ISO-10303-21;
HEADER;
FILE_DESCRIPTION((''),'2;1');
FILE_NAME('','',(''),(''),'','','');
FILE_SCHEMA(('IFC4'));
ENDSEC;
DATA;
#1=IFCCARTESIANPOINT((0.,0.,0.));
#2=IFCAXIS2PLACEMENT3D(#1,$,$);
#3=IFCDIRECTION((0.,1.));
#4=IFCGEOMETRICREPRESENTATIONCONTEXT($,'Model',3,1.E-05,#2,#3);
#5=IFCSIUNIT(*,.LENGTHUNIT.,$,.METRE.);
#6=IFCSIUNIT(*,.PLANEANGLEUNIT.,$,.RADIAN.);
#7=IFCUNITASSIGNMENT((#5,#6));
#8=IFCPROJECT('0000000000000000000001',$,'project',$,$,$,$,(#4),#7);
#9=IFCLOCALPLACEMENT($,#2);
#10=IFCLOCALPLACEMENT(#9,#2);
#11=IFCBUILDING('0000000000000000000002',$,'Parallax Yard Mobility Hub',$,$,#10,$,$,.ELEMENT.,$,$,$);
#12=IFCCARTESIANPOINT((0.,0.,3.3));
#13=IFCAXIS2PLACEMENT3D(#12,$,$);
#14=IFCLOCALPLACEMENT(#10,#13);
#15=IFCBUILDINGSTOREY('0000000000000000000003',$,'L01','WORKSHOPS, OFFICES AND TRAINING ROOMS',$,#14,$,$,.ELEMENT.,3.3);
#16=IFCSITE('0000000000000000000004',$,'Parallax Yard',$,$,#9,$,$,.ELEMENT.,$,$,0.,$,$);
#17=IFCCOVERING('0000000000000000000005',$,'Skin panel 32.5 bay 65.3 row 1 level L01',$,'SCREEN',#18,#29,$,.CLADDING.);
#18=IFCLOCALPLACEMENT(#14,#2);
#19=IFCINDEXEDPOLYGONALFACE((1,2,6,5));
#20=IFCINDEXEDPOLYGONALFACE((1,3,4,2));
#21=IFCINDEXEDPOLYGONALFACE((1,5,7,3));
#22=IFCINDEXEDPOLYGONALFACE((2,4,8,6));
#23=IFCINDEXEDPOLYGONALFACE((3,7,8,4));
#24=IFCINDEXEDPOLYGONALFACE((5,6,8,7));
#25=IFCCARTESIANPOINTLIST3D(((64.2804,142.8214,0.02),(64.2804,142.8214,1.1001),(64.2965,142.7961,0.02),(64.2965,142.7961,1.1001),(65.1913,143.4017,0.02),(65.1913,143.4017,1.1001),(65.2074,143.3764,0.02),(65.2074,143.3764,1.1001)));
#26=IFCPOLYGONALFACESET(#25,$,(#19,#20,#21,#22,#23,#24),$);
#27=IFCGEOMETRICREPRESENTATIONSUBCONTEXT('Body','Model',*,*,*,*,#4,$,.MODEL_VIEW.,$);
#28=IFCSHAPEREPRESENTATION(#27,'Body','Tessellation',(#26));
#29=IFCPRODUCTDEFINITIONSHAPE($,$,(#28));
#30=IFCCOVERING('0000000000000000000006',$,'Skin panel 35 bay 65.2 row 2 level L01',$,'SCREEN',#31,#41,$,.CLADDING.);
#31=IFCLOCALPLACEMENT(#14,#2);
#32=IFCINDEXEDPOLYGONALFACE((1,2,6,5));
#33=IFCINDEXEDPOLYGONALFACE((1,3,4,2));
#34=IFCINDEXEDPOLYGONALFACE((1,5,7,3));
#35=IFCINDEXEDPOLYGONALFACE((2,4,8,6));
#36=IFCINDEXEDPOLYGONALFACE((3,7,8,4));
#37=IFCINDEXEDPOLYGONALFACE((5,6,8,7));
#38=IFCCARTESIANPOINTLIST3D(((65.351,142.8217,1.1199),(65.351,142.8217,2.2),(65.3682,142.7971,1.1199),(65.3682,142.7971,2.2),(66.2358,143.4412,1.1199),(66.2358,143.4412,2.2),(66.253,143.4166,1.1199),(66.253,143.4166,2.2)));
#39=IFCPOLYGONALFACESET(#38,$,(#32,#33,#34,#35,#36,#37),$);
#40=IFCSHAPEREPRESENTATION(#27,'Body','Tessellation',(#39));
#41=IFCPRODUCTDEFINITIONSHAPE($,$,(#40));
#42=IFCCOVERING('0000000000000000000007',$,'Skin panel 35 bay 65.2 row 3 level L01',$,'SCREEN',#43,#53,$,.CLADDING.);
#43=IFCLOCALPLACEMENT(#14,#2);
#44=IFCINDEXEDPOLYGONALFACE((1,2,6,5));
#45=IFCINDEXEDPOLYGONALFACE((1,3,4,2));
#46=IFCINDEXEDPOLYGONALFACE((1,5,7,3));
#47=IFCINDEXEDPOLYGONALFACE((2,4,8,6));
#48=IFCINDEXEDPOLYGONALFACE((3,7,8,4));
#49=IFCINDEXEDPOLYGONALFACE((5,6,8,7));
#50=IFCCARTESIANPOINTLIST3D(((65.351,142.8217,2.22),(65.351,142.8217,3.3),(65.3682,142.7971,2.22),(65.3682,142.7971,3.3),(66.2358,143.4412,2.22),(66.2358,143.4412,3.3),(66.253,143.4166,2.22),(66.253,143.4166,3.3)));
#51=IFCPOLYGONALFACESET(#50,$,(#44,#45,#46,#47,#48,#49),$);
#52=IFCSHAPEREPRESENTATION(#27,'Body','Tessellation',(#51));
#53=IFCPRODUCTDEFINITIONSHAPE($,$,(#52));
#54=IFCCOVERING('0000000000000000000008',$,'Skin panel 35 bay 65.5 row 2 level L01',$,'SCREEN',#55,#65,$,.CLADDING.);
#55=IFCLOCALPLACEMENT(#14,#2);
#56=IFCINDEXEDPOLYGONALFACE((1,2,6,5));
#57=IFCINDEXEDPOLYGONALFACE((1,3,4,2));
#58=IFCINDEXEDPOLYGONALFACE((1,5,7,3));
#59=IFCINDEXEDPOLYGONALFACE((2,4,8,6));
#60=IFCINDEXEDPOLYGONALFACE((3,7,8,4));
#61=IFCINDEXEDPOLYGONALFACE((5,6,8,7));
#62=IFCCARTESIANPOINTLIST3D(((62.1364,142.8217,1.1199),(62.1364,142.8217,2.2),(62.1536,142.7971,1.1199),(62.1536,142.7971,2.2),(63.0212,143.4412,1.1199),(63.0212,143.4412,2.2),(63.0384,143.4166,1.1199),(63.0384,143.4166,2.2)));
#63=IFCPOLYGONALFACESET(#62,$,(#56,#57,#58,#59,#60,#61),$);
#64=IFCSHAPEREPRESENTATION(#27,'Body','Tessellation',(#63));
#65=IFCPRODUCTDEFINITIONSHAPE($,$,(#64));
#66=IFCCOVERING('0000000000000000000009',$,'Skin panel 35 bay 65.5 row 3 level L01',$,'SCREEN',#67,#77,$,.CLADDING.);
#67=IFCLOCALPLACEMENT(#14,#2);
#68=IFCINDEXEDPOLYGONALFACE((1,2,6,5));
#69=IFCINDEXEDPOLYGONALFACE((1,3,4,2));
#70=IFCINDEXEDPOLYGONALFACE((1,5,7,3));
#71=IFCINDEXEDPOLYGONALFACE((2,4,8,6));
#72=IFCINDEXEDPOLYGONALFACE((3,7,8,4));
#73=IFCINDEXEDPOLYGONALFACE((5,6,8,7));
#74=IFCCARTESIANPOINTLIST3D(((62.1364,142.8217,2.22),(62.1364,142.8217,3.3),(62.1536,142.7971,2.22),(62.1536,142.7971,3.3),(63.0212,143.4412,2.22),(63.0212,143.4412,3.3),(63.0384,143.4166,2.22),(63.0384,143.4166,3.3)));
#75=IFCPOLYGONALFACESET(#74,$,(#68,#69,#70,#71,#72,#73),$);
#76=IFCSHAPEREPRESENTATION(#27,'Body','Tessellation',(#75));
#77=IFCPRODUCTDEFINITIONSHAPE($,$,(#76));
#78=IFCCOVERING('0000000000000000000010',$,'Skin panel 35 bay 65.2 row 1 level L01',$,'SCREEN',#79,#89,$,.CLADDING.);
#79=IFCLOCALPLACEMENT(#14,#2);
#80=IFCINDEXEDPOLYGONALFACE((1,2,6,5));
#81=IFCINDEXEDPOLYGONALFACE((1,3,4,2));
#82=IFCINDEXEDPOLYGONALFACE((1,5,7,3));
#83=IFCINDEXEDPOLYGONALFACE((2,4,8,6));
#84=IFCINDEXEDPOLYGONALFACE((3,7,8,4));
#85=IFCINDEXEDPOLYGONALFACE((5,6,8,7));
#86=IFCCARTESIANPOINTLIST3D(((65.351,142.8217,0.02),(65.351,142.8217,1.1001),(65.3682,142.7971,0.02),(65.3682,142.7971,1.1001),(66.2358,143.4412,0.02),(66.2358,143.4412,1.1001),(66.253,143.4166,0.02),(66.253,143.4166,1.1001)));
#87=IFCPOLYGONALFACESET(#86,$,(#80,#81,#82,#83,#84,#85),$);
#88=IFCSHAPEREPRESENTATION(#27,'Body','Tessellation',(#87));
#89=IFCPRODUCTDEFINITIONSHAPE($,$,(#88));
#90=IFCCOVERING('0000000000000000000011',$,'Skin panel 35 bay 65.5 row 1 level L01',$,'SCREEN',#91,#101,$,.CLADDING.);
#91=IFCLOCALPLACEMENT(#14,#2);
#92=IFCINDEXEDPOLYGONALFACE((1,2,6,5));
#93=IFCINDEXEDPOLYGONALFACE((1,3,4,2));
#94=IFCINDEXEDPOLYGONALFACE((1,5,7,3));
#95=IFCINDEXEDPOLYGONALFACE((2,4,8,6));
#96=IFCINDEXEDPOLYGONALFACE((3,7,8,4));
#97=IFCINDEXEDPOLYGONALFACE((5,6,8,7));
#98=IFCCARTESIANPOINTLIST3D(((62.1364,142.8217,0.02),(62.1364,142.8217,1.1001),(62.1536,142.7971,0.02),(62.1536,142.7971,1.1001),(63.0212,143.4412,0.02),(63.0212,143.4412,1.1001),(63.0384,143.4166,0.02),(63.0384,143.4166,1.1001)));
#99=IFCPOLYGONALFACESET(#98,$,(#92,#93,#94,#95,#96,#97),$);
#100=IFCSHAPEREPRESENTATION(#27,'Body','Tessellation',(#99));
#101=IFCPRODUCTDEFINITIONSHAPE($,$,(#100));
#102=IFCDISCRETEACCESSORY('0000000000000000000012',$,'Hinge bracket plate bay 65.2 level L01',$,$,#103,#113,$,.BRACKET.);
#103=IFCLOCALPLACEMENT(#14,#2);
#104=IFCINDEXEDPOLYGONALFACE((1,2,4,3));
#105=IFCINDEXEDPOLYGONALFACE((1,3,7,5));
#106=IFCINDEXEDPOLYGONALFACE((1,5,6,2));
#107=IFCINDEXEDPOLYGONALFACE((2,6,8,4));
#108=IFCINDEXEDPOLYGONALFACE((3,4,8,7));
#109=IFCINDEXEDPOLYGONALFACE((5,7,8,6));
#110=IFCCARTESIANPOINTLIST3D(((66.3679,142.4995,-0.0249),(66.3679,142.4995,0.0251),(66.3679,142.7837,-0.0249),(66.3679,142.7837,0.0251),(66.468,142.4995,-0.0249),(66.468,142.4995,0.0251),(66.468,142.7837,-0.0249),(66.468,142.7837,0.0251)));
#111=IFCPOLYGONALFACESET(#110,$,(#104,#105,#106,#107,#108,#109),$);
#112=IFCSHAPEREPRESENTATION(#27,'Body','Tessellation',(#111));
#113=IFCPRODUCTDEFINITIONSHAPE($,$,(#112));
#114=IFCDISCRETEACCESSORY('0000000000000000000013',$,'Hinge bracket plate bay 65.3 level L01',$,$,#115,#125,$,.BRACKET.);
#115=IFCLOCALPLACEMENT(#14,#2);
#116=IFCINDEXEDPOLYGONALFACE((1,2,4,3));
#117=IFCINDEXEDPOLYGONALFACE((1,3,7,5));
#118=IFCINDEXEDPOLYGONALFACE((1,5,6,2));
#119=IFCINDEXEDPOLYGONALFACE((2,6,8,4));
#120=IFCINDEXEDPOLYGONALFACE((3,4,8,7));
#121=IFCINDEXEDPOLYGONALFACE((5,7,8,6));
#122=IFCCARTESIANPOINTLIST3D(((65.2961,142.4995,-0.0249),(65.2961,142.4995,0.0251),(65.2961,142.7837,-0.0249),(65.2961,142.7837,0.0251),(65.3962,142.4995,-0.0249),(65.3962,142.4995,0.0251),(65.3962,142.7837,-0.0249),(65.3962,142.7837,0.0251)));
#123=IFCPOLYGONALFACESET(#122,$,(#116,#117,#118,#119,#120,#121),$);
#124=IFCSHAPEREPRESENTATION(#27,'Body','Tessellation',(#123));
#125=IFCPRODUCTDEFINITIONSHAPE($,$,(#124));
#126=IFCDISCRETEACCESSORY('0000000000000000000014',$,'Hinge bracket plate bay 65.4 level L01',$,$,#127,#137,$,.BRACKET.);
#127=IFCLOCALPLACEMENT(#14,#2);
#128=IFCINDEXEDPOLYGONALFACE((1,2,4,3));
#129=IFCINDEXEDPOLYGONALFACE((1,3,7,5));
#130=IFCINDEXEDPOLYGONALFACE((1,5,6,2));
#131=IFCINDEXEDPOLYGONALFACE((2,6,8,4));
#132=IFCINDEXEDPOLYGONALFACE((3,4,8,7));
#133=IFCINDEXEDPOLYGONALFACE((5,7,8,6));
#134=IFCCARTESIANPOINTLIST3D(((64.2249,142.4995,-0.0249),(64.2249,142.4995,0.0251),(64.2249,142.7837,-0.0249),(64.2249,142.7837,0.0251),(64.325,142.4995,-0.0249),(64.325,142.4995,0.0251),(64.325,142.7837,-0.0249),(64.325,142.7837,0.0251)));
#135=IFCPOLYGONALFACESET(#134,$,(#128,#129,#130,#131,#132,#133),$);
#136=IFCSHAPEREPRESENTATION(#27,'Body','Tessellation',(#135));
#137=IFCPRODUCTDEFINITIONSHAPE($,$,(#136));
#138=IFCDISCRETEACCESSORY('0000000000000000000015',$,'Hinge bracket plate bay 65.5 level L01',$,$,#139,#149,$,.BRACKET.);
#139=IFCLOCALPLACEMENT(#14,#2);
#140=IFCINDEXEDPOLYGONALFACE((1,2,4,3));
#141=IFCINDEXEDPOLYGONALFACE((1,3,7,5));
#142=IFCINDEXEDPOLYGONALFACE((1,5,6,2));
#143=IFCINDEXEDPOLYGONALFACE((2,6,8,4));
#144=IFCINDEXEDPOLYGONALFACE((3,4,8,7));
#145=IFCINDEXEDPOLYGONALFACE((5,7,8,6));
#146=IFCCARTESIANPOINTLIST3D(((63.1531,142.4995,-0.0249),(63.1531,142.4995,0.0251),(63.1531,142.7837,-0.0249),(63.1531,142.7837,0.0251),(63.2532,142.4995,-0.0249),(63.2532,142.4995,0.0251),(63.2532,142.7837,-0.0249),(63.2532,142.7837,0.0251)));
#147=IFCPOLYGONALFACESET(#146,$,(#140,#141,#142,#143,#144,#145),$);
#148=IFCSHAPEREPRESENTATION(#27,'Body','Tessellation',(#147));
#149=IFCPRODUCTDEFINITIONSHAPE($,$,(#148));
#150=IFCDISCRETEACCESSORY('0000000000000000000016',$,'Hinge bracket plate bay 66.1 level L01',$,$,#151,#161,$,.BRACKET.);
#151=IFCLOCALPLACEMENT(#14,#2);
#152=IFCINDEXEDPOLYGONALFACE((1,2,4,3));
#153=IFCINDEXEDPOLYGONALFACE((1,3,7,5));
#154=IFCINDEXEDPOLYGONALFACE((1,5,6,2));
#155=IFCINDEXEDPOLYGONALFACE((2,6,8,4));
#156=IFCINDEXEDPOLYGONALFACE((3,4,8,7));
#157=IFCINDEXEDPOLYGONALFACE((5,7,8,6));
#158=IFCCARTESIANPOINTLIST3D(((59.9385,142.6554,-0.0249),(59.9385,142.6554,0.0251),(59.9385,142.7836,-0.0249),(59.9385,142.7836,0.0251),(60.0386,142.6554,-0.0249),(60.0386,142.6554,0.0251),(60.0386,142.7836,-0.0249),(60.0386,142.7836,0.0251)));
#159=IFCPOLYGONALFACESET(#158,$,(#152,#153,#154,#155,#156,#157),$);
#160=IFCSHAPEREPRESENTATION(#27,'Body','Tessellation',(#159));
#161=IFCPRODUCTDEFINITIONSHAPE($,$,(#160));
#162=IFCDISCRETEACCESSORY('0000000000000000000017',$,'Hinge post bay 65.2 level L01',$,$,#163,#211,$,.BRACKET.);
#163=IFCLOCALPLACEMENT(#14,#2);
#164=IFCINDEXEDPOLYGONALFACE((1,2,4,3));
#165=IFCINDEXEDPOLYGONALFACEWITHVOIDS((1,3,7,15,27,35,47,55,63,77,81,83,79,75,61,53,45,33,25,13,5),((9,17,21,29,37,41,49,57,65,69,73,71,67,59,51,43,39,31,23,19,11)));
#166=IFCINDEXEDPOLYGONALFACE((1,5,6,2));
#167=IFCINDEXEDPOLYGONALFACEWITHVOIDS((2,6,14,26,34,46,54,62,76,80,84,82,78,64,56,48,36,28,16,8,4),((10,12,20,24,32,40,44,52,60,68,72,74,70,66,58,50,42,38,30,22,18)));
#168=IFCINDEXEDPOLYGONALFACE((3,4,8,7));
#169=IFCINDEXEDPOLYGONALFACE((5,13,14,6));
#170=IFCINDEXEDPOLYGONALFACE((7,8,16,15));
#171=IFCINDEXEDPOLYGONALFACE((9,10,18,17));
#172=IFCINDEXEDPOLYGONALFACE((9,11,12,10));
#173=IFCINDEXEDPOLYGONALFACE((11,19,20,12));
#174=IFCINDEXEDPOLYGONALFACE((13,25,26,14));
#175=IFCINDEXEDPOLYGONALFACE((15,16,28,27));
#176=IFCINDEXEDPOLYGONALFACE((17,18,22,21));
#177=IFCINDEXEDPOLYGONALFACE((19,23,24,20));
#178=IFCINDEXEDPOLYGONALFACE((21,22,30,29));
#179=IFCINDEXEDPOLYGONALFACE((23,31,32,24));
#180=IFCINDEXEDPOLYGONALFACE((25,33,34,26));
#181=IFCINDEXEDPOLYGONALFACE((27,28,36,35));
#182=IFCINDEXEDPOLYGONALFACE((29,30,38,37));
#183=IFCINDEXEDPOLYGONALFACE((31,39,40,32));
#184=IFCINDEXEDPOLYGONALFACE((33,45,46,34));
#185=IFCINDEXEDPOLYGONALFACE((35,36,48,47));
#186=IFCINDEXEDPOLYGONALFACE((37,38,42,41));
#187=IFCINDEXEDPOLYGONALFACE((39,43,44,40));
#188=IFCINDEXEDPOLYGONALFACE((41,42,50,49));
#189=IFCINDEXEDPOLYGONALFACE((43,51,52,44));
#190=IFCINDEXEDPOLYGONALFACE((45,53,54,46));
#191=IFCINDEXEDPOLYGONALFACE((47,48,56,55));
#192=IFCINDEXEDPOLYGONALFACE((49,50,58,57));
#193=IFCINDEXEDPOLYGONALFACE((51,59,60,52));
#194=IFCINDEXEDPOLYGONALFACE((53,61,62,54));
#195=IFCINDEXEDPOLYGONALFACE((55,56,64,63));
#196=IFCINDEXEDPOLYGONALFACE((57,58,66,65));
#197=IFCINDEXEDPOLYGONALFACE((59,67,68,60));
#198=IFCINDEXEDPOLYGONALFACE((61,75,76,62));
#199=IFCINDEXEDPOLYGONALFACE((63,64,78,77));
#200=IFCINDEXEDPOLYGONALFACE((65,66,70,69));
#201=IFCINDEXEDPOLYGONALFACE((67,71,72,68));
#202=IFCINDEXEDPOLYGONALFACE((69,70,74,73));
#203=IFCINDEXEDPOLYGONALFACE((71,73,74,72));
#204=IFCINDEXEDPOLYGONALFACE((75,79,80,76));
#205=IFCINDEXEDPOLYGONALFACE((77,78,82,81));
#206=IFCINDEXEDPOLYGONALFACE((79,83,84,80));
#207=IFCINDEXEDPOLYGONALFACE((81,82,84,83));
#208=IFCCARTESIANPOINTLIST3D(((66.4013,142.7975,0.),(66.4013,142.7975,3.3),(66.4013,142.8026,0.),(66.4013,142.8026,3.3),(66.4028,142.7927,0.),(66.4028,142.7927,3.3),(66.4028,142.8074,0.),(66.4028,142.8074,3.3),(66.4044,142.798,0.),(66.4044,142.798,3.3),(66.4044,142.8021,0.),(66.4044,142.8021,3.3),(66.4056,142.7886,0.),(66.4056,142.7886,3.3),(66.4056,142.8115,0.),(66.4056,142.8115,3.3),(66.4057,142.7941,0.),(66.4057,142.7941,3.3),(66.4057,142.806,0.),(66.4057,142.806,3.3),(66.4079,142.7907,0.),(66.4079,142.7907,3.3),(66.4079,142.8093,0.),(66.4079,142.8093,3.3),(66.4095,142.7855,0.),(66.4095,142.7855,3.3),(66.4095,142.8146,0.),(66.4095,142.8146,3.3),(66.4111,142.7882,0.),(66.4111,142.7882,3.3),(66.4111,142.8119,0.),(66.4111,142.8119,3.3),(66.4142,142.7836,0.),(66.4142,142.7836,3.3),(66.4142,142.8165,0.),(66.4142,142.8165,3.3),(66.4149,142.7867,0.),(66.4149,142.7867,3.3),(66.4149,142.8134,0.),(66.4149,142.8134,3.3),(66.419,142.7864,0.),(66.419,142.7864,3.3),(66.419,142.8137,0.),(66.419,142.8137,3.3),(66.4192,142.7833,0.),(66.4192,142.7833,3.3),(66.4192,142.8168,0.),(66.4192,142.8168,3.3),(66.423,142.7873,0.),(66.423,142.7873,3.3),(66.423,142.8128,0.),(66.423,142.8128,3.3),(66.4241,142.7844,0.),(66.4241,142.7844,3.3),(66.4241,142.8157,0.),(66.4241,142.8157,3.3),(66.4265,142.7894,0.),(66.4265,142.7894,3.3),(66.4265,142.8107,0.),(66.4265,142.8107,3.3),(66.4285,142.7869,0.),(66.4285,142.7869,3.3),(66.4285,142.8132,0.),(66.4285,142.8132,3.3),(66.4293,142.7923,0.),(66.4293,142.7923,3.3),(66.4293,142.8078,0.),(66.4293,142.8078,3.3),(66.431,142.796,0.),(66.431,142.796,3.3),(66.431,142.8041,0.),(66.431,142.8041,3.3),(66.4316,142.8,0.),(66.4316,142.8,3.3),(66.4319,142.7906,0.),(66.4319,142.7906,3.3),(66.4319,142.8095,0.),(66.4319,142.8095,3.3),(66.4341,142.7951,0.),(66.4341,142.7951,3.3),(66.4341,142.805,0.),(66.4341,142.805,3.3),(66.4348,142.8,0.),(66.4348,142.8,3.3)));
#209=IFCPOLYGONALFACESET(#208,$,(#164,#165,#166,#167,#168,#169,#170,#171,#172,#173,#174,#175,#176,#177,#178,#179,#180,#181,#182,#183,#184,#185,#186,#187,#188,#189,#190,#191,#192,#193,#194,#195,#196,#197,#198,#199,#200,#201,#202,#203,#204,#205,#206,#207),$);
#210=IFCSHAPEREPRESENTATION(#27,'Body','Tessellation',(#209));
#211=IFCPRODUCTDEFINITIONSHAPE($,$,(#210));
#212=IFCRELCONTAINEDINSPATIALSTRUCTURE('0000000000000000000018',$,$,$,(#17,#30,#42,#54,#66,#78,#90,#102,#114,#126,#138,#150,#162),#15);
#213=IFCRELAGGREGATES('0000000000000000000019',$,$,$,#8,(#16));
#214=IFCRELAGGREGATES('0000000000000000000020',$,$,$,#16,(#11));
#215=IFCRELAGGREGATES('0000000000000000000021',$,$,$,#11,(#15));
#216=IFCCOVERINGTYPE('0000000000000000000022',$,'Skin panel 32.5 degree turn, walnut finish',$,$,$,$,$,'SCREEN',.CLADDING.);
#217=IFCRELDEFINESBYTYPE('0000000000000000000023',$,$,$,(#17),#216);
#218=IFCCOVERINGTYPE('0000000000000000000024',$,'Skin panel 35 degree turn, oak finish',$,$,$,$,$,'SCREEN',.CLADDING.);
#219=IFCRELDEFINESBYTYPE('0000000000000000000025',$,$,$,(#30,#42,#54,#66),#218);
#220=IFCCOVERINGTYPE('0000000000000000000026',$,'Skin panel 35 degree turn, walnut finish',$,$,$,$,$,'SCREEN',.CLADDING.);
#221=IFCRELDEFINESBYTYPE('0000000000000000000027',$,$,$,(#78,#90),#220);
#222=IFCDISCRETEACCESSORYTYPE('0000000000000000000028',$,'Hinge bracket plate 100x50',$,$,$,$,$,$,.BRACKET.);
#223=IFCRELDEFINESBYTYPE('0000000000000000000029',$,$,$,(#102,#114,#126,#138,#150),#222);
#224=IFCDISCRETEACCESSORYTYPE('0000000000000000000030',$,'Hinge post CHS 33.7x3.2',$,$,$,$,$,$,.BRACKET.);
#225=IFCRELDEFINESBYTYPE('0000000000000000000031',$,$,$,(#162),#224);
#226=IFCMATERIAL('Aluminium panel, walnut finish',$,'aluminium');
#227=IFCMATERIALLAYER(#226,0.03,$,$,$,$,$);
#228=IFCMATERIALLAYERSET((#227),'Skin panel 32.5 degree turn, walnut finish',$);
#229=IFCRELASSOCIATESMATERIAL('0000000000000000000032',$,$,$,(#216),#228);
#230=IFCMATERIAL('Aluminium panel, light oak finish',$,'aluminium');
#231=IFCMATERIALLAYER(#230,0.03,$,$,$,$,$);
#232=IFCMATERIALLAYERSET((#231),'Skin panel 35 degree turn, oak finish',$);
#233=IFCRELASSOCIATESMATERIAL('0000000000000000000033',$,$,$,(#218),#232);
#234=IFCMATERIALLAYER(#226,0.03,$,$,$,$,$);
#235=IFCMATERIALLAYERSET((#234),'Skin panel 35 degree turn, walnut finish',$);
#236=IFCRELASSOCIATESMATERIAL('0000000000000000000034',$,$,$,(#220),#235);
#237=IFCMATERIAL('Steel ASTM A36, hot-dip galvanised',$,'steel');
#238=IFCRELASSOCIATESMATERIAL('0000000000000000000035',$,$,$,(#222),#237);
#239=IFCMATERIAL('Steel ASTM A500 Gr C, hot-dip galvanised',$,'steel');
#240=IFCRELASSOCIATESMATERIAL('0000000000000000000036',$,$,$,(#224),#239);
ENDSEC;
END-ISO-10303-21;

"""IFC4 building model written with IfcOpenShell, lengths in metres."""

from ifc_helpers import new_model, si_unit, direction, frame, origin, origin_2d, place, context, subcontext, project, spatial, rectangle, hollow_circle, extrude, material, layer, layer_set, material_profile, profile_set, type_object, element, save


model = new_model("IFC4")

# Units and contexts
model_context = context("Model", 3, precision=1e-05, world=origin(), true_north=direction((0.0, 1.0)))
body_context = subcontext(model_context, "Body", "Model", "MODEL_VIEW")
ifc_project = project(units=[si_unit("LENGTHUNIT", "METRE"), si_unit("PLANEANGLEUNIT", "RADIAN")], contexts=[model_context])

# Site, building, storey
site_placement = place(None, origin())
site = spatial("IfcSite", under=ifc_project, at=site_placement, Name="Parallax Yard", CompositionType="ELEMENT", RefElevation=0.0)
building_placement = place(site_placement, origin())
building = spatial("IfcBuilding", under=site, at=building_placement, Name="Parallax Yard Mobility Hub", CompositionType="ELEMENT")
storey_placement = place(building_placement, frame((0.0, 0.0, 3.3)))
storey = spatial("IfcBuildingStorey", under=building, at=storey_placement, Name="L01", Description="WORKSHOPS, OFFICES AND TRAINING ROOMS", CompositionType="ELEMENT", Elevation=3.3)

# Coverings
ifc_material_1 = material(Name="Aluminium panel, light oak finish", Category="aluminium")
ifc_material_2 = material(Name="Aluminium panel, walnut finish", Category="aluminium")
ifc_layer_1 = layer(ifc_material_2, 0.03)
ifc_layer_set_1 = layer_set([ifc_layer_1], Name="Skin panel 32.5 degree turn, walnut finish")
covering_type_1 = type_object("IfcCoveringType", Name="Skin panel 32.5 degree turn, walnut finish", ElementType="SCREEN", PredefinedType="CLADDING", material=ifc_layer_set_1)
covering_1_placement = place(storey_placement, frame((64.7439, 143.0989, 0.02), z_axis=(0.0, 0.0, 1.0), x_axis=(0.843391, 0.5373, 0.0)))
element("IfcCovering", 1, at=covering_1_placement, inside=storey, type_object=covering_type_1, Name="Skin panel 32.5 bay 65.3 row 1 level L01", ObjectType="SCREEN", PredefinedType="CLADDING", context=body_context, shape_type="SweptSolid", body=[
    extrude(rectangle(XDim=1.0801, YDim=0.03, at=origin_2d()), origin(), (0.0, 0.0, 1.0), 1.0801),
])
ifc_layer_2 = layer(ifc_material_1, 0.03)
ifc_layer_set_2 = layer_set([ifc_layer_2], Name="Skin panel 35 degree turn, oak finish")
covering_type_2 = type_object("IfcCoveringType", Name="Skin panel 35 degree turn, oak finish", ElementType="SCREEN", PredefinedType="CLADDING", material=ifc_layer_set_2)
for number, where, z_axis, x_axis, name in (
    (2, (65.802, 143.1191, 1.1199), (0.0, 0.0, 1.0), (0.819152, 0.573576, 0.0), "Skin panel 35 bay 65.2 row 2 level L01"),
    (3, (65.802, 143.1191, 2.22), (0.0, 0.0, 1.0), (0.819152, 0.573576, 0.0), "Skin panel 35 bay 65.2 row 3 level L01"),
    (4, (62.5874, 143.1191, 1.1199), (0.0, 0.0, 1.0), (0.819152, 0.573576, 0.0), "Skin panel 35 bay 65.5 row 2 level L01"),
    (5, (62.5874, 143.1191, 2.22), (0.0, 0.0, 1.0), (0.819152, 0.573576, 0.0), "Skin panel 35 bay 65.5 row 3 level L01"),
):
    element("IfcCovering", number, at=place(storey_placement, frame(where, z_axis=z_axis, x_axis=x_axis)), inside=storey, type_object=covering_type_2, Name=name, ObjectType="SCREEN", PredefinedType="CLADDING", context=body_context, shape_type="SweptSolid", body=[
        extrude(rectangle(XDim=1.0801, YDim=0.03, at=origin_2d()), origin(), (0.0, 0.0, 1.0), 1.0801),
    ])
ifc_layer_3 = layer(ifc_material_2, 0.03)
ifc_layer_set_3 = layer_set([ifc_layer_3], Name="Skin panel 35 degree turn, walnut finish")
covering_type_3 = type_object("IfcCoveringType", Name="Skin panel 35 degree turn, walnut finish", ElementType="SCREEN", PredefinedType="CLADDING", material=ifc_layer_set_3)
for number, where, z_axis, x_axis, name in (
    (6, (65.802, 143.1191, 0.02), (0.0, 0.0, 1.0), (0.819152, 0.573576, 0.0), "Skin panel 35 bay 65.2 row 1 level L01"),
    (7, (62.5874, 143.1191, 0.02), (0.0, 0.0, 1.0), (0.819152, 0.573576, 0.0), "Skin panel 35 bay 65.5 row 1 level L01"),
):
    element("IfcCovering", number, at=place(storey_placement, frame(where, z_axis=z_axis, x_axis=x_axis)), inside=storey, type_object=covering_type_3, Name=name, ObjectType="SCREEN", PredefinedType="CLADDING", context=body_context, shape_type="SweptSolid", body=[
        extrude(rectangle(XDim=1.0801, YDim=0.03, at=origin_2d()), origin(), (0.0, 0.0, 1.0), 1.0801),
    ])

# Discrete accessories
ifc_material_3 = material(Name="Steel ASTM A36, hot-dip galvanised", Category="steel")
discrete_accessory_type_1 = type_object("IfcDiscreteAccessoryType", Name="Hinge bracket plate 100x50", PredefinedType="BRACKET", material=ifc_material_3)
for number, where, z_axis, x_axis, name in (
    (8, (66.418, 142.6416, -0.0249), (0.0, 0.0, 1.0), (0.0, 1.0, 0.0), "Hinge bracket plate bay 65.2 level L01"),
    (9, (65.3462, 142.6416, -0.0249), (0.0, 0.0, 1.0), (0.0, 1.0, 0.0), "Hinge bracket plate bay 65.3 level L01"),
    (10, (64.2749, 142.6416, -0.0249), (0.0, 0.0, 1.0), (0.0, 1.0, 0.0), "Hinge bracket plate bay 65.4 level L01"),
    (11, (63.2031, 142.6416, -0.0249), (0.0, 0.0, 1.0), (0.0, 1.0, 0.0), "Hinge bracket plate bay 65.5 level L01"),
):
    element("IfcDiscreteAccessory", number, at=place(storey_placement, frame(where, z_axis=z_axis, x_axis=x_axis)), inside=storey, type_object=discrete_accessory_type_1, Name=name, PredefinedType="BRACKET", context=body_context, shape_type="SweptSolid", body=[
        extrude(rectangle(XDim=0.2842, YDim=0.1001, at=origin_2d()), origin(), (0.0, 0.0, 1.0), 0.05),
    ])
discrete_accessory_placement = place(storey_placement, frame((59.9885, 142.7195, -0.0249), z_axis=(0.0, 0.0, 1.0), x_axis=(0.0, 1.0, 0.0)))
element("IfcDiscreteAccessory", 12, at=discrete_accessory_placement, inside=storey, type_object=discrete_accessory_type_1, Name="Hinge bracket plate bay 66.1 level L01", PredefinedType="BRACKET", context=body_context, shape_type="SweptSolid", body=[
    extrude(rectangle(XDim=0.1282, YDim=0.1001, at=origin_2d()), origin(), (0.0, 0.0, 1.0), 0.05),
])
ifc_material_4 = material(Name="Steel ASTM A500 Gr C, hot-dip galvanised", Category="steel")
ifc_material_profile = material_profile(ifc_material_4, hollow_circle(Radius=0.0168, WallThickness=0.0032, at=origin_2d()), Name="CHS 33.7x3.2")
ifc_profile_set = profile_set([ifc_material_profile], Name="Steel ASTM A500 Gr C, hot-dip galvanised")
discrete_accessory_type_2 = type_object("IfcDiscreteAccessoryType", Name="Hinge post CHS 33.7x3.2", PredefinedType="BRACKET", material=ifc_profile_set)
for number, where, z_axis, x_axis, name in (
    (13, (66.418, 142.8, 0.0), (0.0, 0.0, 1.0), (1.0, 0.0, 0.0), "Hinge post bay 65.2 level L01"),
):
    element("IfcDiscreteAccessory", number, at=place(storey_placement, frame(where, z_axis=z_axis, x_axis=x_axis)), inside=storey, type_object=discrete_accessory_type_2, Name=name, PredefinedType="BRACKET", context=body_context, shape_type="SweptSolid", body=[
        extrude(hollow_circle(Radius=0.0168, WallThickness=0.0032, at=origin_2d()), origin(), (0.0, 0.0, 1.0), 3.3),
    ])

save(model, "model.ifc")
